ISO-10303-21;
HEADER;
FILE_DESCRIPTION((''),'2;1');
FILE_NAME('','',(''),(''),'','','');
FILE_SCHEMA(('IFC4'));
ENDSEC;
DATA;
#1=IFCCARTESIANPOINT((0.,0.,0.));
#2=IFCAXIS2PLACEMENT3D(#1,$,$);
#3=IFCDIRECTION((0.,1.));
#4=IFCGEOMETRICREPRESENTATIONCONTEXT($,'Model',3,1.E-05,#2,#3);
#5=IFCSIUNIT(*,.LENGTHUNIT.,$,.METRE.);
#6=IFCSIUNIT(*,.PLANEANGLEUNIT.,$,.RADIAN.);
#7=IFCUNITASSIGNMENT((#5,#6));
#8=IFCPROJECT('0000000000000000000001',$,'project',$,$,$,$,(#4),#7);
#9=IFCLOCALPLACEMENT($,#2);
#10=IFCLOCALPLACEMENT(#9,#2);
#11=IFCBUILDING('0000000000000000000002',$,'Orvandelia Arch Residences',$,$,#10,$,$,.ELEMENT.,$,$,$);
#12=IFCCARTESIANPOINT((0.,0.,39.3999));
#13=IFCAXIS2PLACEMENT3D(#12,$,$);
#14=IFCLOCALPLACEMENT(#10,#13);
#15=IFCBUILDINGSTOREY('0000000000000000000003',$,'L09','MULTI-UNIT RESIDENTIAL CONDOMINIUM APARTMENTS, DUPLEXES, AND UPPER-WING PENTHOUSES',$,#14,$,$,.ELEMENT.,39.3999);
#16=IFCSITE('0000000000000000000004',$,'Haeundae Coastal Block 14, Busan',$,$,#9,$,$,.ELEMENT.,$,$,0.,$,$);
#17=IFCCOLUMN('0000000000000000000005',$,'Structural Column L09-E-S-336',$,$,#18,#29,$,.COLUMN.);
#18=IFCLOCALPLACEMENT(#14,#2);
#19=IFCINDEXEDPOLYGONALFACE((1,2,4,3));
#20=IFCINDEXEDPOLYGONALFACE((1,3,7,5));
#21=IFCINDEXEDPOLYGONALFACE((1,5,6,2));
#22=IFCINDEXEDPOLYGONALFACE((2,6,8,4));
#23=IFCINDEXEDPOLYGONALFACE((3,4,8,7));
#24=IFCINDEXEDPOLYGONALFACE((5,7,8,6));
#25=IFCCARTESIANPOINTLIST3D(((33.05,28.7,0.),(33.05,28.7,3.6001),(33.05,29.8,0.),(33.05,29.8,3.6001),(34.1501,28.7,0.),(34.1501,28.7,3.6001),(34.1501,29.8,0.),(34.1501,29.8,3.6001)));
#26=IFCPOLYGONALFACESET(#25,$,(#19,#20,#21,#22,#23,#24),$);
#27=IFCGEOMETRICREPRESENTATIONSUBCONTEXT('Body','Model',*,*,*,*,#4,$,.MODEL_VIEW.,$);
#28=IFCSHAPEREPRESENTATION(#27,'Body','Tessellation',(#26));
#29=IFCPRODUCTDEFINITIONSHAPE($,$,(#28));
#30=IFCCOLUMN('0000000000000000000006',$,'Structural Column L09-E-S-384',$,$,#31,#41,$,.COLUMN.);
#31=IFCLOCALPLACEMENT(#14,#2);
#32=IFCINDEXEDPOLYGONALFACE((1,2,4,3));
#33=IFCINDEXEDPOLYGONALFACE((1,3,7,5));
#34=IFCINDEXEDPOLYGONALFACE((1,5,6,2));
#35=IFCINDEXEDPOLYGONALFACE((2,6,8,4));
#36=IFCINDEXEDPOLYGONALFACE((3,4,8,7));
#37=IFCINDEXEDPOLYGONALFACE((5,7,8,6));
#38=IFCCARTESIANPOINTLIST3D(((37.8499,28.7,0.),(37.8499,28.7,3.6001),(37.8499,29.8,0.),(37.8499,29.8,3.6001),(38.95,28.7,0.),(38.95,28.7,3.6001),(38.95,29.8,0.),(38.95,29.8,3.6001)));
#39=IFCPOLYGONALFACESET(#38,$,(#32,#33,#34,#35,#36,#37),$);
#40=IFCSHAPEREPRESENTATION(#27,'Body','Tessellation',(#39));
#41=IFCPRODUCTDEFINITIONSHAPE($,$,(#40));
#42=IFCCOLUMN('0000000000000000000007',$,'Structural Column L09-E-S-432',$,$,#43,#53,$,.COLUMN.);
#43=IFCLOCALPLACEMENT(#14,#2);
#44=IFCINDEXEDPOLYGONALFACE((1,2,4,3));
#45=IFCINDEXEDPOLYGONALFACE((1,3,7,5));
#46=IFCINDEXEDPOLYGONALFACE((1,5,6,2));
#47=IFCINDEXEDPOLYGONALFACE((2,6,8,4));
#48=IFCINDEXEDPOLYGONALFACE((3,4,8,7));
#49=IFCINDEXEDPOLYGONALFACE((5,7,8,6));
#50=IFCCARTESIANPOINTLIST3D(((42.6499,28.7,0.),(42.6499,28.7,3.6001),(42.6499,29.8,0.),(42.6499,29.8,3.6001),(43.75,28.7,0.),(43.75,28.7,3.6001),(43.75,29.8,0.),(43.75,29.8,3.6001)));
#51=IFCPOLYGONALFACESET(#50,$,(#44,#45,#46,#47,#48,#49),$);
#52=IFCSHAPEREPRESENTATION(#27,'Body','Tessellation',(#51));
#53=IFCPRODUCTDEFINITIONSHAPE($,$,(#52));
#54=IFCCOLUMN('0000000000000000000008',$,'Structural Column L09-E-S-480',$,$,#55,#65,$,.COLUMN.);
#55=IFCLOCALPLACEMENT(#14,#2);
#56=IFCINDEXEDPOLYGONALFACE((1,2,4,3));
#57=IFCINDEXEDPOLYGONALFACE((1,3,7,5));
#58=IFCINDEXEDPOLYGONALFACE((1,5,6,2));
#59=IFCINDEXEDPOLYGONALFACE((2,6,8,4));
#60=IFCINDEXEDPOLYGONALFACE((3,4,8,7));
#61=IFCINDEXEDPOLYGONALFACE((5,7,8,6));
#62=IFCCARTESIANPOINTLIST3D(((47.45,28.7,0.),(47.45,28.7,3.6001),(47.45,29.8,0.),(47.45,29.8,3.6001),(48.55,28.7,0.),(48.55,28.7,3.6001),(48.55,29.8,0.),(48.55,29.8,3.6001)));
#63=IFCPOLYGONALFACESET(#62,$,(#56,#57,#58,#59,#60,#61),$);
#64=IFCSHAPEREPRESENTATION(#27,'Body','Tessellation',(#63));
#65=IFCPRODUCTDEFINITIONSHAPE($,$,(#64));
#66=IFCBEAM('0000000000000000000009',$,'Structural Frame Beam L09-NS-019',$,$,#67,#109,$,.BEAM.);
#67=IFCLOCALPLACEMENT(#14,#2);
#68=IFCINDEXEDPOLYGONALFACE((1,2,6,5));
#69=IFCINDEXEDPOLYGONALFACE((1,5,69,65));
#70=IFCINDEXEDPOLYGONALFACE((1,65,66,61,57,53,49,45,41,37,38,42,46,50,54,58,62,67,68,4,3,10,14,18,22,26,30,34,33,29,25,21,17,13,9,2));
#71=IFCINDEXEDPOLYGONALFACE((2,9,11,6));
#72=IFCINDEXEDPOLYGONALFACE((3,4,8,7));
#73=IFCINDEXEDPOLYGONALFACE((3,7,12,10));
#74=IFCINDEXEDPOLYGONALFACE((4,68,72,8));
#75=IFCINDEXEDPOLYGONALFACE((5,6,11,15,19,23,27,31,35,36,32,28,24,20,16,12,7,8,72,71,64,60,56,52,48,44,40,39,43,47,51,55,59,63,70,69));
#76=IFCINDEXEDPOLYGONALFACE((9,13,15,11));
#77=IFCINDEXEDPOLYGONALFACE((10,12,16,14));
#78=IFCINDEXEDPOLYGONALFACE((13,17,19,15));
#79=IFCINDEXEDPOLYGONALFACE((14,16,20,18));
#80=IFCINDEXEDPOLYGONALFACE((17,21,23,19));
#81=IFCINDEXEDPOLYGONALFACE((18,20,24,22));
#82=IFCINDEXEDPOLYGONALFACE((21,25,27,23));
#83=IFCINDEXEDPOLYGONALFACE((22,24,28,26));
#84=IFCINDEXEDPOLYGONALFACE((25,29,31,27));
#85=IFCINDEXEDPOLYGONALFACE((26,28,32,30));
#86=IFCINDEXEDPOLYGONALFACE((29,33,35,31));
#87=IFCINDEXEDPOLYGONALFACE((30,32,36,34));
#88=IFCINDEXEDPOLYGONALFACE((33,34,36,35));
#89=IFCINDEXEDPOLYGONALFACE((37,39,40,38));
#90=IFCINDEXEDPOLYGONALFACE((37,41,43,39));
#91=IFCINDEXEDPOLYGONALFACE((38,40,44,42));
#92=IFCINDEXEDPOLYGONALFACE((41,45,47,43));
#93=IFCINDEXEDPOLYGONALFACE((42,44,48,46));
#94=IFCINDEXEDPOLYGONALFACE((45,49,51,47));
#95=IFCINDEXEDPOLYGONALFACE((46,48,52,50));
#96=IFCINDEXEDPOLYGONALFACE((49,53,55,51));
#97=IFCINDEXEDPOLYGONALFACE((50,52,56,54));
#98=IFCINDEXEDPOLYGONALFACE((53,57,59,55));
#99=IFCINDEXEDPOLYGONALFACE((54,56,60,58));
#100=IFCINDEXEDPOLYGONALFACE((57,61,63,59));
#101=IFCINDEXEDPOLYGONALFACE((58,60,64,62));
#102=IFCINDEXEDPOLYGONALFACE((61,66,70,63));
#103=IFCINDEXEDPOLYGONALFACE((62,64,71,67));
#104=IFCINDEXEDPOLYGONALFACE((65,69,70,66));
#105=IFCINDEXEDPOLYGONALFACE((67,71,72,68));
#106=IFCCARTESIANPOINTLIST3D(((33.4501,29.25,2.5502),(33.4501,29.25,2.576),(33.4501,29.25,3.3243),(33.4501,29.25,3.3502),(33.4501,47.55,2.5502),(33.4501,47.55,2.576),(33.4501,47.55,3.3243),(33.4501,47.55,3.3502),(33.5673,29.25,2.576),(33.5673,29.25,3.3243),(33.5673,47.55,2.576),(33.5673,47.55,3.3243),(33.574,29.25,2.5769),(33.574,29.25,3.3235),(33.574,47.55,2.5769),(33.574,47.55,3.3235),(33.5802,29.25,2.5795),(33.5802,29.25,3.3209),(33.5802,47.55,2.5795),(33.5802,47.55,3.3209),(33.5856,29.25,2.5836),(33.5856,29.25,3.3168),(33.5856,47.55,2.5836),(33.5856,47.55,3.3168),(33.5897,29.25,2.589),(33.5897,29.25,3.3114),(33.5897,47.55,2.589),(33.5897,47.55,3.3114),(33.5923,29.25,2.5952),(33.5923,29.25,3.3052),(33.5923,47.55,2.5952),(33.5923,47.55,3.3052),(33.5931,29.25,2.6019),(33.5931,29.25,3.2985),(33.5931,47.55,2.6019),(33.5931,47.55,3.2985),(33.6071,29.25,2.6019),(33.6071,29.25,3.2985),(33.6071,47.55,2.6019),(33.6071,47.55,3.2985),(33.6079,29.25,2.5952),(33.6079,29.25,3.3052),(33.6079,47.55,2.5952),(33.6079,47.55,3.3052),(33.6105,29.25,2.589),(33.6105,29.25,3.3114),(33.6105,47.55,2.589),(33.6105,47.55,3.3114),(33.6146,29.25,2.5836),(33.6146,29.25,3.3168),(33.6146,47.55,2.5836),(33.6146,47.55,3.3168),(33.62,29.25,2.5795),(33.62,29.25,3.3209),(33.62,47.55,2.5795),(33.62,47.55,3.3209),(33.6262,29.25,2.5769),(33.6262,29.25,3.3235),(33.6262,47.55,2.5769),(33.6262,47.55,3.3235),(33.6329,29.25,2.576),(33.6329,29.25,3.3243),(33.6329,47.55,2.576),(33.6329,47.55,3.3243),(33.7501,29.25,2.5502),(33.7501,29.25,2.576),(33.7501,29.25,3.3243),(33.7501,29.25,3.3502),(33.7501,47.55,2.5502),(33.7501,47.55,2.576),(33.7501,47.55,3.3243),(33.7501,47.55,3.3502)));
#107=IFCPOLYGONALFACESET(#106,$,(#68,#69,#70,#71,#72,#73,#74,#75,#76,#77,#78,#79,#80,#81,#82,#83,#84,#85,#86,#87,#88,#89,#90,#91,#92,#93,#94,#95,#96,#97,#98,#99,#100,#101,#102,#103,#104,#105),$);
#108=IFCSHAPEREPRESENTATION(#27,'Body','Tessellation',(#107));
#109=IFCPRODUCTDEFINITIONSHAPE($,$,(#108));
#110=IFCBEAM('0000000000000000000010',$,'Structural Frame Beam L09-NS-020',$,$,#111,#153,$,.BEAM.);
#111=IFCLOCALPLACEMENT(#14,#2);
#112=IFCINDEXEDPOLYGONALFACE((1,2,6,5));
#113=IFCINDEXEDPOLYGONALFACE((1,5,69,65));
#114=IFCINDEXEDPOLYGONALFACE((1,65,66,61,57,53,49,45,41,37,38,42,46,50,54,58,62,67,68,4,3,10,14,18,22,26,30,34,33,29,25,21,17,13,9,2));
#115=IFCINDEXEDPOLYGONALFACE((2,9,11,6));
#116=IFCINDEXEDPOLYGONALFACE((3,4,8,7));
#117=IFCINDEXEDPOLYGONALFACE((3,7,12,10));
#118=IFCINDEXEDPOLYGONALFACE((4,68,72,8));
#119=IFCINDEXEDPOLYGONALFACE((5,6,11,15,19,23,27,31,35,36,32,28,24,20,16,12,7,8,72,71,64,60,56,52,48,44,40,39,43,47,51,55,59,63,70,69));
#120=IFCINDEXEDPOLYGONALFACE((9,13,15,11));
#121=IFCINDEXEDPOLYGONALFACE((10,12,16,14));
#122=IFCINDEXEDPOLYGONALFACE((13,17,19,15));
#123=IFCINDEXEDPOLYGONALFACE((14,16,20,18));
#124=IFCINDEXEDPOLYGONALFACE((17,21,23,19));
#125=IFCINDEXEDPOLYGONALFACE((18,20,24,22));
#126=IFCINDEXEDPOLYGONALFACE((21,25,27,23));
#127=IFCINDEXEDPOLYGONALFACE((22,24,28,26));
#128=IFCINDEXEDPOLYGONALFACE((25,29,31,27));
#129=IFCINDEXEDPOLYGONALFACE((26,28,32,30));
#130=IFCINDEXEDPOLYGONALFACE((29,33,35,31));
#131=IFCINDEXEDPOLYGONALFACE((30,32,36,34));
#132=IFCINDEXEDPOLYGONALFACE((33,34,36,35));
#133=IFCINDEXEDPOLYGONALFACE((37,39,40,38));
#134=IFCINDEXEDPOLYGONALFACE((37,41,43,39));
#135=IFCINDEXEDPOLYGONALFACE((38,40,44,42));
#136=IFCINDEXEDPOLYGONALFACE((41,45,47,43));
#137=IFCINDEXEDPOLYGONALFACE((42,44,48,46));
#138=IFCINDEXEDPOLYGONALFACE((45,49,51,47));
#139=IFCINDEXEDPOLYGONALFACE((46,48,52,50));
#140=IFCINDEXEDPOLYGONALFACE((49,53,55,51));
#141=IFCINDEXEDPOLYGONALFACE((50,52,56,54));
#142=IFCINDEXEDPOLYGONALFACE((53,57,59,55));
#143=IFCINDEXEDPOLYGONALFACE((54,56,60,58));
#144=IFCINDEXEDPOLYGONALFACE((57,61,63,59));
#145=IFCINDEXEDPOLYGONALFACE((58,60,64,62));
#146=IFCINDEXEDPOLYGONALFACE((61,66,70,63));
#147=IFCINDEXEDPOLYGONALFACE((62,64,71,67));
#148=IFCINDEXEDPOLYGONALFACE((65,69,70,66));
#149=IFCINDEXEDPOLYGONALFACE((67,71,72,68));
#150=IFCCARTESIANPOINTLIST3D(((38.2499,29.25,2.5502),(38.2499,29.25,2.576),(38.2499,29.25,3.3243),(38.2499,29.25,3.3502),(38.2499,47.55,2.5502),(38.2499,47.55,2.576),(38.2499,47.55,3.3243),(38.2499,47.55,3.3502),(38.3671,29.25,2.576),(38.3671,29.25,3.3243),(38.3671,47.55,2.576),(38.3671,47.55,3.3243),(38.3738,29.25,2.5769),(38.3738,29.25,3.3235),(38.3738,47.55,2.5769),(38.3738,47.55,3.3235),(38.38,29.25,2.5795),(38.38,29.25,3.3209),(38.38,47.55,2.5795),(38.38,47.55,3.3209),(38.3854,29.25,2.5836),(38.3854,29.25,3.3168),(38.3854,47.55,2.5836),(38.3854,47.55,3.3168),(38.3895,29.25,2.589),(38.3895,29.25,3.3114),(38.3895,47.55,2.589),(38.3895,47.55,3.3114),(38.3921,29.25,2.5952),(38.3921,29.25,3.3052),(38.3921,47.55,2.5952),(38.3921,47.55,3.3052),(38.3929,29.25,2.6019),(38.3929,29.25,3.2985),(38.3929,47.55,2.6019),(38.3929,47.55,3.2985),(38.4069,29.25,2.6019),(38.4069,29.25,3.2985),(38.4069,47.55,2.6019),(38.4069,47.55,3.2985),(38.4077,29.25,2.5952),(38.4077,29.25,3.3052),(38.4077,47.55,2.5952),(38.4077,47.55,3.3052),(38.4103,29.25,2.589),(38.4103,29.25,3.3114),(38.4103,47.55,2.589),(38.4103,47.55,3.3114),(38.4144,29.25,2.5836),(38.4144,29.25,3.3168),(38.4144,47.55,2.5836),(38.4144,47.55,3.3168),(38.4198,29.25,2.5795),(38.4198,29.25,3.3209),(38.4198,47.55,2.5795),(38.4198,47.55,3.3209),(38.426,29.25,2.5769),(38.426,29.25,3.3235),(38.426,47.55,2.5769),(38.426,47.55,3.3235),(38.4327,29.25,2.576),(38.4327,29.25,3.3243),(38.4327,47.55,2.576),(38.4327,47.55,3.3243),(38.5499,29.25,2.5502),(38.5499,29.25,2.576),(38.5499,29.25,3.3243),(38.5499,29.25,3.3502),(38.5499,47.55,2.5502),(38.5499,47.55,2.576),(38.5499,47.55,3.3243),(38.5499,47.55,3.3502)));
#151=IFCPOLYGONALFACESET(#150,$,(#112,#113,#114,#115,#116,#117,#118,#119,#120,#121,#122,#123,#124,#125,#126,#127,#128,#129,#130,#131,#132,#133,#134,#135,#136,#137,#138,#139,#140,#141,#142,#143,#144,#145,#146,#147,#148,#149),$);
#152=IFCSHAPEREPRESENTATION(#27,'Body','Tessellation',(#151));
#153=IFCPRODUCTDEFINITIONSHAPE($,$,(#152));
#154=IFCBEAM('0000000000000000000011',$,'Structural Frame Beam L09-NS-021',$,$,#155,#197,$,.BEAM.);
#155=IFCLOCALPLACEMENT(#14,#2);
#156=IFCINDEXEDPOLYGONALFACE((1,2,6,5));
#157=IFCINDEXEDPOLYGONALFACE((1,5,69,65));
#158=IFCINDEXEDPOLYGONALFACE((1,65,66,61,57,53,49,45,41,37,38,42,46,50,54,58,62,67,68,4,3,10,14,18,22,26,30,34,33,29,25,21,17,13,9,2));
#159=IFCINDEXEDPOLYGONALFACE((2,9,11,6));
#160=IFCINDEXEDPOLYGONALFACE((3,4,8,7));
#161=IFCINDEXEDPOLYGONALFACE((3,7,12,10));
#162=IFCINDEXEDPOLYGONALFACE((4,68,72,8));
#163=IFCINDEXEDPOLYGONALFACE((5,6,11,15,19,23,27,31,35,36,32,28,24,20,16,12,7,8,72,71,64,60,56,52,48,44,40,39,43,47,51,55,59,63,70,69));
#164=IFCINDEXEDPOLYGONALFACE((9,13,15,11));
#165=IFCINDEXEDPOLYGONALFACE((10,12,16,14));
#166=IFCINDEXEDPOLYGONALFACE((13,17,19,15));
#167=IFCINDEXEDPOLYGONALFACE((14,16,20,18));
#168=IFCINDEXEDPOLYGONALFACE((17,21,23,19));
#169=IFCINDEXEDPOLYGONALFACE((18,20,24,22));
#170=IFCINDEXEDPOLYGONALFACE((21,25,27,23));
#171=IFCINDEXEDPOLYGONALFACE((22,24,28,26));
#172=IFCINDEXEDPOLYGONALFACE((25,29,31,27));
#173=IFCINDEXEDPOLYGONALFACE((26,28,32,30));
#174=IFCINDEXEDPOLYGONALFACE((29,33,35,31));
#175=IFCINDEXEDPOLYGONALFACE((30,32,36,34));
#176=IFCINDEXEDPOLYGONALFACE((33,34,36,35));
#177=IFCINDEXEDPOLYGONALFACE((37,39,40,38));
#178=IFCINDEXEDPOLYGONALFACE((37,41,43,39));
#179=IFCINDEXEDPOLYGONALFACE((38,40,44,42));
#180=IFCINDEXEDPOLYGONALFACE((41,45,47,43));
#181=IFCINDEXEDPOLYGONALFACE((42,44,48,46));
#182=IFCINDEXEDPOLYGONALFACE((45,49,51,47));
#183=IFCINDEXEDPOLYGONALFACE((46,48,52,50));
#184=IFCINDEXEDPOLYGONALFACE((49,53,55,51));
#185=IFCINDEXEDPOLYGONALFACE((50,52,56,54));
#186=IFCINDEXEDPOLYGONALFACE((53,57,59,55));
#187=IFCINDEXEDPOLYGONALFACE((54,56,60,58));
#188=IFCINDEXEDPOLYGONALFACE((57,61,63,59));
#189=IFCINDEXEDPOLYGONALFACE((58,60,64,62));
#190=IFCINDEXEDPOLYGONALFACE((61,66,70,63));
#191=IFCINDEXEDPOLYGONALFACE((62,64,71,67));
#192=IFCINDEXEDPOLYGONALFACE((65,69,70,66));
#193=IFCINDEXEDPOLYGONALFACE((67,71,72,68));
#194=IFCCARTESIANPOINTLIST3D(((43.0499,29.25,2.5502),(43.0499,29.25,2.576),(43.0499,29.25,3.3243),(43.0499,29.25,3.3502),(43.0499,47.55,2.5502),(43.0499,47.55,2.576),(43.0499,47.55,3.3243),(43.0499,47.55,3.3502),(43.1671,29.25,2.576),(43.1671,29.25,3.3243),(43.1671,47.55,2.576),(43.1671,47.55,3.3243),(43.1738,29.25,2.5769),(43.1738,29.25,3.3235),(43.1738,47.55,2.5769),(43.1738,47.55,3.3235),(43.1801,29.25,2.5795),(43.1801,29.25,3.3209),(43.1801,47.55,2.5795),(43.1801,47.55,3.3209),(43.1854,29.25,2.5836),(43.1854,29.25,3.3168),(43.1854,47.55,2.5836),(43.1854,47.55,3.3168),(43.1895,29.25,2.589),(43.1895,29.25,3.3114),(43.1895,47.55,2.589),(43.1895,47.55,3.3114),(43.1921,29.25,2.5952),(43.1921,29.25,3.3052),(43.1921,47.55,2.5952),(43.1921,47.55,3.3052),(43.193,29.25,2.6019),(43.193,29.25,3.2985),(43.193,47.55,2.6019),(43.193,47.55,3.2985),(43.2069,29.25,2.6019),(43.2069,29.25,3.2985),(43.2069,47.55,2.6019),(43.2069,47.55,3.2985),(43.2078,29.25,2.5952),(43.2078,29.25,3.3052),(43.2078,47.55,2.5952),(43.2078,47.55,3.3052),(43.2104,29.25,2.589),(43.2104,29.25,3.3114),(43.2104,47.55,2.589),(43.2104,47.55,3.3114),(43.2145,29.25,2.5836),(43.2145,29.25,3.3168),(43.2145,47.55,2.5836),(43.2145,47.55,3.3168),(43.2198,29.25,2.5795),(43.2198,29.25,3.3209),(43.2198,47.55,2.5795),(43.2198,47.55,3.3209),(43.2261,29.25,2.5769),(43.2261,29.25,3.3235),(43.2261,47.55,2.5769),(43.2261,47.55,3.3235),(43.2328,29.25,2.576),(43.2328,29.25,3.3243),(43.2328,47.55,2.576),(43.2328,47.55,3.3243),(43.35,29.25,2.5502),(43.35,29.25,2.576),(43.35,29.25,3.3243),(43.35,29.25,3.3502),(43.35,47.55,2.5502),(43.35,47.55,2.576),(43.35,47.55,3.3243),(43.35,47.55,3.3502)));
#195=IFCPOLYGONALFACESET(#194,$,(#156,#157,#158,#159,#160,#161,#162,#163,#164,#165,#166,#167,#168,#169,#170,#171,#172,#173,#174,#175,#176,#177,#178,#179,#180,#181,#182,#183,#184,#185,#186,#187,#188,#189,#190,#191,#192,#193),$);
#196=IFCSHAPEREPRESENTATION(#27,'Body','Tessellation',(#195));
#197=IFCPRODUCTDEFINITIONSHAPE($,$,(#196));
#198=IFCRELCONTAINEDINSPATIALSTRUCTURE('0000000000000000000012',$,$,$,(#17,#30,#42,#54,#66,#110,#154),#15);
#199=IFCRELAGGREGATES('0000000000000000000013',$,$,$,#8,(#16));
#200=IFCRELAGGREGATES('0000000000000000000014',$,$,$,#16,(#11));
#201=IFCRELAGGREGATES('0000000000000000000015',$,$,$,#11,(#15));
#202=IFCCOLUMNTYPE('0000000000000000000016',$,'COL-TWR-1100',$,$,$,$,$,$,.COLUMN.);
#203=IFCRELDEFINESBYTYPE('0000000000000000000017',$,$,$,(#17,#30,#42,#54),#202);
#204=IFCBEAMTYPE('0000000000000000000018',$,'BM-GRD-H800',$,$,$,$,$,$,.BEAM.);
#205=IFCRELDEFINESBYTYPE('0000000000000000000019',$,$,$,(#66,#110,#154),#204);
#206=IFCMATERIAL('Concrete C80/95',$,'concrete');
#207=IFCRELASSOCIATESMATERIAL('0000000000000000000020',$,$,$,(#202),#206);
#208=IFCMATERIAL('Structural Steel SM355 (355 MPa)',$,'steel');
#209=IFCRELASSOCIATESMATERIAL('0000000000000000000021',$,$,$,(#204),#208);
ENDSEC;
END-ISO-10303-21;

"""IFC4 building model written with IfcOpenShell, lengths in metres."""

from ifc_helpers import new_model, si_unit, direction, frame, origin, origin_2d, place, context, subcontext, project, spatial, rectangle, i_section, extrude, material, material_profile, profile_set, type_object, element, save


model = new_model("IFC4")

# Units and contexts
model_context = context("Model", 3, precision=1e-05, world=origin(), true_north=direction((0.0, 1.0)))
body_context = subcontext(model_context, "Body", "Model", "MODEL_VIEW")
ifc_project = project(units=[si_unit("LENGTHUNIT", "METRE"), si_unit("PLANEANGLEUNIT", "RADIAN")], contexts=[model_context])

# Site, building, storey
site_placement = place(None, origin())
site = spatial("IfcSite", under=ifc_project, at=site_placement, Name="Haeundae Coastal Block 14, Busan", CompositionType="ELEMENT", RefElevation=0.0)
building_placement = place(site_placement, origin())
building = spatial("IfcBuilding", under=site, at=building_placement, Name="Orvandelia Arch Residences", CompositionType="ELEMENT")
storey_placement = place(building_placement, frame((0.0, 0.0, 39.3999)))
storey = spatial("IfcBuildingStorey", under=building, at=storey_placement, Name="L09", Description="MULTI-UNIT RESIDENTIAL CONDOMINIUM APARTMENTS, DUPLEXES, AND UPPER-WING PENTHOUSES", CompositionType="ELEMENT", Elevation=39.3999)

# Columns
ifc_material_1 = material(Name="Concrete C80/95", Category="concrete")
ifc_material_profile_1 = material_profile(ifc_material_1, rectangle(XDim=1.1001, YDim=1.1001, at=origin_2d()), Name="Concrete C80/95", Category="concrete")
ifc_profile_set_1 = profile_set([ifc_material_profile_1], Name="Concrete C80/95")
column_type = type_object("IfcColumnType", Name="COL-TWR-1100", PredefinedType="COLUMN", material=ifc_profile_set_1)
for number, where, z_axis, x_axis, name in (
    (1, (33.6001, 29.25, 0.0), (0.0, 0.0, 1.0), (1.0, 0.0, 0.0), "Structural Column L09-E-S-336"),
    (2, (38.3999, 29.25, 0.0), (0.0, 0.0, 1.0), (1.0, 0.0, 0.0), "Structural Column L09-E-S-384"),
    (3, (43.2, 29.25, 0.0), (0.0, 0.0, 1.0), (1.0, 0.0, 0.0), "Structural Column L09-E-S-432"),
    (4, (48.0, 29.25, 0.0), (0.0, 0.0, 1.0), (1.0, 0.0, 0.0), "Structural Column L09-E-S-480"),
):
    element("IfcColumn", number, at=place(storey_placement, frame(where, z_axis=z_axis, x_axis=x_axis)), inside=storey, type_object=column_type, Name=name, PredefinedType="COLUMN", context=body_context, shape_type="SweptSolid", body=[
        extrude(rectangle(XDim=1.1001, YDim=1.1001, at=origin_2d()), origin(), (0.0, 0.0, 1.0), 3.6001),
    ])

# Beams
ifc_material_2 = material(Name="Structural Steel SM355 (355 MPa)", Category="steel")
ifc_material_profile_2 = material_profile(ifc_material_2, i_section(OverallWidth=0.3, OverallDepth=0.8, WebThickness=0.0139, FlangeThickness=0.0259, FilletRadius=0.0259, at=origin_2d()), Name="Structural Steel SM355 (355 MPa)", Category="steel")
ifc_profile_set_2 = profile_set([ifc_material_profile_2], Name="Structural Steel SM355 (355 MPa)")
beam_type = type_object("IfcBeamType", Name="BM-GRD-H800", PredefinedType="BEAM", material=ifc_profile_set_2)
for number, where, z_axis, x_axis, name in (
    (5, (33.6001, 29.25, 2.9502), (0.0, 1.0, 0.0), (-1.0, 0.0, 0.0), "Structural Frame Beam L09-NS-019"),
    (6, (38.3999, 29.25, 2.9502), (0.0, 1.0, 0.0), (-1.0, 0.0, 0.0), "Structural Frame Beam L09-NS-020"),
    (7, (43.2, 29.25, 2.9502), (0.0, 1.0, 0.0), (-1.0, 0.0, 0.0), "Structural Frame Beam L09-NS-021"),
):
    element("IfcBeam", number, at=place(storey_placement, frame(where, z_axis=z_axis, x_axis=x_axis)), inside=storey, type_object=beam_type, Name=name, PredefinedType="BEAM", context=body_context, shape_type="SweptSolid", body=[
        extrude(i_section(OverallWidth=0.3, OverallDepth=0.8, WebThickness=0.0139, FlangeThickness=0.0259, FilletRadius=0.0259, at=origin_2d()), origin(), (0.0, 0.0, 1.0), 18.3),
    ])

save(model, "model.ifc")
